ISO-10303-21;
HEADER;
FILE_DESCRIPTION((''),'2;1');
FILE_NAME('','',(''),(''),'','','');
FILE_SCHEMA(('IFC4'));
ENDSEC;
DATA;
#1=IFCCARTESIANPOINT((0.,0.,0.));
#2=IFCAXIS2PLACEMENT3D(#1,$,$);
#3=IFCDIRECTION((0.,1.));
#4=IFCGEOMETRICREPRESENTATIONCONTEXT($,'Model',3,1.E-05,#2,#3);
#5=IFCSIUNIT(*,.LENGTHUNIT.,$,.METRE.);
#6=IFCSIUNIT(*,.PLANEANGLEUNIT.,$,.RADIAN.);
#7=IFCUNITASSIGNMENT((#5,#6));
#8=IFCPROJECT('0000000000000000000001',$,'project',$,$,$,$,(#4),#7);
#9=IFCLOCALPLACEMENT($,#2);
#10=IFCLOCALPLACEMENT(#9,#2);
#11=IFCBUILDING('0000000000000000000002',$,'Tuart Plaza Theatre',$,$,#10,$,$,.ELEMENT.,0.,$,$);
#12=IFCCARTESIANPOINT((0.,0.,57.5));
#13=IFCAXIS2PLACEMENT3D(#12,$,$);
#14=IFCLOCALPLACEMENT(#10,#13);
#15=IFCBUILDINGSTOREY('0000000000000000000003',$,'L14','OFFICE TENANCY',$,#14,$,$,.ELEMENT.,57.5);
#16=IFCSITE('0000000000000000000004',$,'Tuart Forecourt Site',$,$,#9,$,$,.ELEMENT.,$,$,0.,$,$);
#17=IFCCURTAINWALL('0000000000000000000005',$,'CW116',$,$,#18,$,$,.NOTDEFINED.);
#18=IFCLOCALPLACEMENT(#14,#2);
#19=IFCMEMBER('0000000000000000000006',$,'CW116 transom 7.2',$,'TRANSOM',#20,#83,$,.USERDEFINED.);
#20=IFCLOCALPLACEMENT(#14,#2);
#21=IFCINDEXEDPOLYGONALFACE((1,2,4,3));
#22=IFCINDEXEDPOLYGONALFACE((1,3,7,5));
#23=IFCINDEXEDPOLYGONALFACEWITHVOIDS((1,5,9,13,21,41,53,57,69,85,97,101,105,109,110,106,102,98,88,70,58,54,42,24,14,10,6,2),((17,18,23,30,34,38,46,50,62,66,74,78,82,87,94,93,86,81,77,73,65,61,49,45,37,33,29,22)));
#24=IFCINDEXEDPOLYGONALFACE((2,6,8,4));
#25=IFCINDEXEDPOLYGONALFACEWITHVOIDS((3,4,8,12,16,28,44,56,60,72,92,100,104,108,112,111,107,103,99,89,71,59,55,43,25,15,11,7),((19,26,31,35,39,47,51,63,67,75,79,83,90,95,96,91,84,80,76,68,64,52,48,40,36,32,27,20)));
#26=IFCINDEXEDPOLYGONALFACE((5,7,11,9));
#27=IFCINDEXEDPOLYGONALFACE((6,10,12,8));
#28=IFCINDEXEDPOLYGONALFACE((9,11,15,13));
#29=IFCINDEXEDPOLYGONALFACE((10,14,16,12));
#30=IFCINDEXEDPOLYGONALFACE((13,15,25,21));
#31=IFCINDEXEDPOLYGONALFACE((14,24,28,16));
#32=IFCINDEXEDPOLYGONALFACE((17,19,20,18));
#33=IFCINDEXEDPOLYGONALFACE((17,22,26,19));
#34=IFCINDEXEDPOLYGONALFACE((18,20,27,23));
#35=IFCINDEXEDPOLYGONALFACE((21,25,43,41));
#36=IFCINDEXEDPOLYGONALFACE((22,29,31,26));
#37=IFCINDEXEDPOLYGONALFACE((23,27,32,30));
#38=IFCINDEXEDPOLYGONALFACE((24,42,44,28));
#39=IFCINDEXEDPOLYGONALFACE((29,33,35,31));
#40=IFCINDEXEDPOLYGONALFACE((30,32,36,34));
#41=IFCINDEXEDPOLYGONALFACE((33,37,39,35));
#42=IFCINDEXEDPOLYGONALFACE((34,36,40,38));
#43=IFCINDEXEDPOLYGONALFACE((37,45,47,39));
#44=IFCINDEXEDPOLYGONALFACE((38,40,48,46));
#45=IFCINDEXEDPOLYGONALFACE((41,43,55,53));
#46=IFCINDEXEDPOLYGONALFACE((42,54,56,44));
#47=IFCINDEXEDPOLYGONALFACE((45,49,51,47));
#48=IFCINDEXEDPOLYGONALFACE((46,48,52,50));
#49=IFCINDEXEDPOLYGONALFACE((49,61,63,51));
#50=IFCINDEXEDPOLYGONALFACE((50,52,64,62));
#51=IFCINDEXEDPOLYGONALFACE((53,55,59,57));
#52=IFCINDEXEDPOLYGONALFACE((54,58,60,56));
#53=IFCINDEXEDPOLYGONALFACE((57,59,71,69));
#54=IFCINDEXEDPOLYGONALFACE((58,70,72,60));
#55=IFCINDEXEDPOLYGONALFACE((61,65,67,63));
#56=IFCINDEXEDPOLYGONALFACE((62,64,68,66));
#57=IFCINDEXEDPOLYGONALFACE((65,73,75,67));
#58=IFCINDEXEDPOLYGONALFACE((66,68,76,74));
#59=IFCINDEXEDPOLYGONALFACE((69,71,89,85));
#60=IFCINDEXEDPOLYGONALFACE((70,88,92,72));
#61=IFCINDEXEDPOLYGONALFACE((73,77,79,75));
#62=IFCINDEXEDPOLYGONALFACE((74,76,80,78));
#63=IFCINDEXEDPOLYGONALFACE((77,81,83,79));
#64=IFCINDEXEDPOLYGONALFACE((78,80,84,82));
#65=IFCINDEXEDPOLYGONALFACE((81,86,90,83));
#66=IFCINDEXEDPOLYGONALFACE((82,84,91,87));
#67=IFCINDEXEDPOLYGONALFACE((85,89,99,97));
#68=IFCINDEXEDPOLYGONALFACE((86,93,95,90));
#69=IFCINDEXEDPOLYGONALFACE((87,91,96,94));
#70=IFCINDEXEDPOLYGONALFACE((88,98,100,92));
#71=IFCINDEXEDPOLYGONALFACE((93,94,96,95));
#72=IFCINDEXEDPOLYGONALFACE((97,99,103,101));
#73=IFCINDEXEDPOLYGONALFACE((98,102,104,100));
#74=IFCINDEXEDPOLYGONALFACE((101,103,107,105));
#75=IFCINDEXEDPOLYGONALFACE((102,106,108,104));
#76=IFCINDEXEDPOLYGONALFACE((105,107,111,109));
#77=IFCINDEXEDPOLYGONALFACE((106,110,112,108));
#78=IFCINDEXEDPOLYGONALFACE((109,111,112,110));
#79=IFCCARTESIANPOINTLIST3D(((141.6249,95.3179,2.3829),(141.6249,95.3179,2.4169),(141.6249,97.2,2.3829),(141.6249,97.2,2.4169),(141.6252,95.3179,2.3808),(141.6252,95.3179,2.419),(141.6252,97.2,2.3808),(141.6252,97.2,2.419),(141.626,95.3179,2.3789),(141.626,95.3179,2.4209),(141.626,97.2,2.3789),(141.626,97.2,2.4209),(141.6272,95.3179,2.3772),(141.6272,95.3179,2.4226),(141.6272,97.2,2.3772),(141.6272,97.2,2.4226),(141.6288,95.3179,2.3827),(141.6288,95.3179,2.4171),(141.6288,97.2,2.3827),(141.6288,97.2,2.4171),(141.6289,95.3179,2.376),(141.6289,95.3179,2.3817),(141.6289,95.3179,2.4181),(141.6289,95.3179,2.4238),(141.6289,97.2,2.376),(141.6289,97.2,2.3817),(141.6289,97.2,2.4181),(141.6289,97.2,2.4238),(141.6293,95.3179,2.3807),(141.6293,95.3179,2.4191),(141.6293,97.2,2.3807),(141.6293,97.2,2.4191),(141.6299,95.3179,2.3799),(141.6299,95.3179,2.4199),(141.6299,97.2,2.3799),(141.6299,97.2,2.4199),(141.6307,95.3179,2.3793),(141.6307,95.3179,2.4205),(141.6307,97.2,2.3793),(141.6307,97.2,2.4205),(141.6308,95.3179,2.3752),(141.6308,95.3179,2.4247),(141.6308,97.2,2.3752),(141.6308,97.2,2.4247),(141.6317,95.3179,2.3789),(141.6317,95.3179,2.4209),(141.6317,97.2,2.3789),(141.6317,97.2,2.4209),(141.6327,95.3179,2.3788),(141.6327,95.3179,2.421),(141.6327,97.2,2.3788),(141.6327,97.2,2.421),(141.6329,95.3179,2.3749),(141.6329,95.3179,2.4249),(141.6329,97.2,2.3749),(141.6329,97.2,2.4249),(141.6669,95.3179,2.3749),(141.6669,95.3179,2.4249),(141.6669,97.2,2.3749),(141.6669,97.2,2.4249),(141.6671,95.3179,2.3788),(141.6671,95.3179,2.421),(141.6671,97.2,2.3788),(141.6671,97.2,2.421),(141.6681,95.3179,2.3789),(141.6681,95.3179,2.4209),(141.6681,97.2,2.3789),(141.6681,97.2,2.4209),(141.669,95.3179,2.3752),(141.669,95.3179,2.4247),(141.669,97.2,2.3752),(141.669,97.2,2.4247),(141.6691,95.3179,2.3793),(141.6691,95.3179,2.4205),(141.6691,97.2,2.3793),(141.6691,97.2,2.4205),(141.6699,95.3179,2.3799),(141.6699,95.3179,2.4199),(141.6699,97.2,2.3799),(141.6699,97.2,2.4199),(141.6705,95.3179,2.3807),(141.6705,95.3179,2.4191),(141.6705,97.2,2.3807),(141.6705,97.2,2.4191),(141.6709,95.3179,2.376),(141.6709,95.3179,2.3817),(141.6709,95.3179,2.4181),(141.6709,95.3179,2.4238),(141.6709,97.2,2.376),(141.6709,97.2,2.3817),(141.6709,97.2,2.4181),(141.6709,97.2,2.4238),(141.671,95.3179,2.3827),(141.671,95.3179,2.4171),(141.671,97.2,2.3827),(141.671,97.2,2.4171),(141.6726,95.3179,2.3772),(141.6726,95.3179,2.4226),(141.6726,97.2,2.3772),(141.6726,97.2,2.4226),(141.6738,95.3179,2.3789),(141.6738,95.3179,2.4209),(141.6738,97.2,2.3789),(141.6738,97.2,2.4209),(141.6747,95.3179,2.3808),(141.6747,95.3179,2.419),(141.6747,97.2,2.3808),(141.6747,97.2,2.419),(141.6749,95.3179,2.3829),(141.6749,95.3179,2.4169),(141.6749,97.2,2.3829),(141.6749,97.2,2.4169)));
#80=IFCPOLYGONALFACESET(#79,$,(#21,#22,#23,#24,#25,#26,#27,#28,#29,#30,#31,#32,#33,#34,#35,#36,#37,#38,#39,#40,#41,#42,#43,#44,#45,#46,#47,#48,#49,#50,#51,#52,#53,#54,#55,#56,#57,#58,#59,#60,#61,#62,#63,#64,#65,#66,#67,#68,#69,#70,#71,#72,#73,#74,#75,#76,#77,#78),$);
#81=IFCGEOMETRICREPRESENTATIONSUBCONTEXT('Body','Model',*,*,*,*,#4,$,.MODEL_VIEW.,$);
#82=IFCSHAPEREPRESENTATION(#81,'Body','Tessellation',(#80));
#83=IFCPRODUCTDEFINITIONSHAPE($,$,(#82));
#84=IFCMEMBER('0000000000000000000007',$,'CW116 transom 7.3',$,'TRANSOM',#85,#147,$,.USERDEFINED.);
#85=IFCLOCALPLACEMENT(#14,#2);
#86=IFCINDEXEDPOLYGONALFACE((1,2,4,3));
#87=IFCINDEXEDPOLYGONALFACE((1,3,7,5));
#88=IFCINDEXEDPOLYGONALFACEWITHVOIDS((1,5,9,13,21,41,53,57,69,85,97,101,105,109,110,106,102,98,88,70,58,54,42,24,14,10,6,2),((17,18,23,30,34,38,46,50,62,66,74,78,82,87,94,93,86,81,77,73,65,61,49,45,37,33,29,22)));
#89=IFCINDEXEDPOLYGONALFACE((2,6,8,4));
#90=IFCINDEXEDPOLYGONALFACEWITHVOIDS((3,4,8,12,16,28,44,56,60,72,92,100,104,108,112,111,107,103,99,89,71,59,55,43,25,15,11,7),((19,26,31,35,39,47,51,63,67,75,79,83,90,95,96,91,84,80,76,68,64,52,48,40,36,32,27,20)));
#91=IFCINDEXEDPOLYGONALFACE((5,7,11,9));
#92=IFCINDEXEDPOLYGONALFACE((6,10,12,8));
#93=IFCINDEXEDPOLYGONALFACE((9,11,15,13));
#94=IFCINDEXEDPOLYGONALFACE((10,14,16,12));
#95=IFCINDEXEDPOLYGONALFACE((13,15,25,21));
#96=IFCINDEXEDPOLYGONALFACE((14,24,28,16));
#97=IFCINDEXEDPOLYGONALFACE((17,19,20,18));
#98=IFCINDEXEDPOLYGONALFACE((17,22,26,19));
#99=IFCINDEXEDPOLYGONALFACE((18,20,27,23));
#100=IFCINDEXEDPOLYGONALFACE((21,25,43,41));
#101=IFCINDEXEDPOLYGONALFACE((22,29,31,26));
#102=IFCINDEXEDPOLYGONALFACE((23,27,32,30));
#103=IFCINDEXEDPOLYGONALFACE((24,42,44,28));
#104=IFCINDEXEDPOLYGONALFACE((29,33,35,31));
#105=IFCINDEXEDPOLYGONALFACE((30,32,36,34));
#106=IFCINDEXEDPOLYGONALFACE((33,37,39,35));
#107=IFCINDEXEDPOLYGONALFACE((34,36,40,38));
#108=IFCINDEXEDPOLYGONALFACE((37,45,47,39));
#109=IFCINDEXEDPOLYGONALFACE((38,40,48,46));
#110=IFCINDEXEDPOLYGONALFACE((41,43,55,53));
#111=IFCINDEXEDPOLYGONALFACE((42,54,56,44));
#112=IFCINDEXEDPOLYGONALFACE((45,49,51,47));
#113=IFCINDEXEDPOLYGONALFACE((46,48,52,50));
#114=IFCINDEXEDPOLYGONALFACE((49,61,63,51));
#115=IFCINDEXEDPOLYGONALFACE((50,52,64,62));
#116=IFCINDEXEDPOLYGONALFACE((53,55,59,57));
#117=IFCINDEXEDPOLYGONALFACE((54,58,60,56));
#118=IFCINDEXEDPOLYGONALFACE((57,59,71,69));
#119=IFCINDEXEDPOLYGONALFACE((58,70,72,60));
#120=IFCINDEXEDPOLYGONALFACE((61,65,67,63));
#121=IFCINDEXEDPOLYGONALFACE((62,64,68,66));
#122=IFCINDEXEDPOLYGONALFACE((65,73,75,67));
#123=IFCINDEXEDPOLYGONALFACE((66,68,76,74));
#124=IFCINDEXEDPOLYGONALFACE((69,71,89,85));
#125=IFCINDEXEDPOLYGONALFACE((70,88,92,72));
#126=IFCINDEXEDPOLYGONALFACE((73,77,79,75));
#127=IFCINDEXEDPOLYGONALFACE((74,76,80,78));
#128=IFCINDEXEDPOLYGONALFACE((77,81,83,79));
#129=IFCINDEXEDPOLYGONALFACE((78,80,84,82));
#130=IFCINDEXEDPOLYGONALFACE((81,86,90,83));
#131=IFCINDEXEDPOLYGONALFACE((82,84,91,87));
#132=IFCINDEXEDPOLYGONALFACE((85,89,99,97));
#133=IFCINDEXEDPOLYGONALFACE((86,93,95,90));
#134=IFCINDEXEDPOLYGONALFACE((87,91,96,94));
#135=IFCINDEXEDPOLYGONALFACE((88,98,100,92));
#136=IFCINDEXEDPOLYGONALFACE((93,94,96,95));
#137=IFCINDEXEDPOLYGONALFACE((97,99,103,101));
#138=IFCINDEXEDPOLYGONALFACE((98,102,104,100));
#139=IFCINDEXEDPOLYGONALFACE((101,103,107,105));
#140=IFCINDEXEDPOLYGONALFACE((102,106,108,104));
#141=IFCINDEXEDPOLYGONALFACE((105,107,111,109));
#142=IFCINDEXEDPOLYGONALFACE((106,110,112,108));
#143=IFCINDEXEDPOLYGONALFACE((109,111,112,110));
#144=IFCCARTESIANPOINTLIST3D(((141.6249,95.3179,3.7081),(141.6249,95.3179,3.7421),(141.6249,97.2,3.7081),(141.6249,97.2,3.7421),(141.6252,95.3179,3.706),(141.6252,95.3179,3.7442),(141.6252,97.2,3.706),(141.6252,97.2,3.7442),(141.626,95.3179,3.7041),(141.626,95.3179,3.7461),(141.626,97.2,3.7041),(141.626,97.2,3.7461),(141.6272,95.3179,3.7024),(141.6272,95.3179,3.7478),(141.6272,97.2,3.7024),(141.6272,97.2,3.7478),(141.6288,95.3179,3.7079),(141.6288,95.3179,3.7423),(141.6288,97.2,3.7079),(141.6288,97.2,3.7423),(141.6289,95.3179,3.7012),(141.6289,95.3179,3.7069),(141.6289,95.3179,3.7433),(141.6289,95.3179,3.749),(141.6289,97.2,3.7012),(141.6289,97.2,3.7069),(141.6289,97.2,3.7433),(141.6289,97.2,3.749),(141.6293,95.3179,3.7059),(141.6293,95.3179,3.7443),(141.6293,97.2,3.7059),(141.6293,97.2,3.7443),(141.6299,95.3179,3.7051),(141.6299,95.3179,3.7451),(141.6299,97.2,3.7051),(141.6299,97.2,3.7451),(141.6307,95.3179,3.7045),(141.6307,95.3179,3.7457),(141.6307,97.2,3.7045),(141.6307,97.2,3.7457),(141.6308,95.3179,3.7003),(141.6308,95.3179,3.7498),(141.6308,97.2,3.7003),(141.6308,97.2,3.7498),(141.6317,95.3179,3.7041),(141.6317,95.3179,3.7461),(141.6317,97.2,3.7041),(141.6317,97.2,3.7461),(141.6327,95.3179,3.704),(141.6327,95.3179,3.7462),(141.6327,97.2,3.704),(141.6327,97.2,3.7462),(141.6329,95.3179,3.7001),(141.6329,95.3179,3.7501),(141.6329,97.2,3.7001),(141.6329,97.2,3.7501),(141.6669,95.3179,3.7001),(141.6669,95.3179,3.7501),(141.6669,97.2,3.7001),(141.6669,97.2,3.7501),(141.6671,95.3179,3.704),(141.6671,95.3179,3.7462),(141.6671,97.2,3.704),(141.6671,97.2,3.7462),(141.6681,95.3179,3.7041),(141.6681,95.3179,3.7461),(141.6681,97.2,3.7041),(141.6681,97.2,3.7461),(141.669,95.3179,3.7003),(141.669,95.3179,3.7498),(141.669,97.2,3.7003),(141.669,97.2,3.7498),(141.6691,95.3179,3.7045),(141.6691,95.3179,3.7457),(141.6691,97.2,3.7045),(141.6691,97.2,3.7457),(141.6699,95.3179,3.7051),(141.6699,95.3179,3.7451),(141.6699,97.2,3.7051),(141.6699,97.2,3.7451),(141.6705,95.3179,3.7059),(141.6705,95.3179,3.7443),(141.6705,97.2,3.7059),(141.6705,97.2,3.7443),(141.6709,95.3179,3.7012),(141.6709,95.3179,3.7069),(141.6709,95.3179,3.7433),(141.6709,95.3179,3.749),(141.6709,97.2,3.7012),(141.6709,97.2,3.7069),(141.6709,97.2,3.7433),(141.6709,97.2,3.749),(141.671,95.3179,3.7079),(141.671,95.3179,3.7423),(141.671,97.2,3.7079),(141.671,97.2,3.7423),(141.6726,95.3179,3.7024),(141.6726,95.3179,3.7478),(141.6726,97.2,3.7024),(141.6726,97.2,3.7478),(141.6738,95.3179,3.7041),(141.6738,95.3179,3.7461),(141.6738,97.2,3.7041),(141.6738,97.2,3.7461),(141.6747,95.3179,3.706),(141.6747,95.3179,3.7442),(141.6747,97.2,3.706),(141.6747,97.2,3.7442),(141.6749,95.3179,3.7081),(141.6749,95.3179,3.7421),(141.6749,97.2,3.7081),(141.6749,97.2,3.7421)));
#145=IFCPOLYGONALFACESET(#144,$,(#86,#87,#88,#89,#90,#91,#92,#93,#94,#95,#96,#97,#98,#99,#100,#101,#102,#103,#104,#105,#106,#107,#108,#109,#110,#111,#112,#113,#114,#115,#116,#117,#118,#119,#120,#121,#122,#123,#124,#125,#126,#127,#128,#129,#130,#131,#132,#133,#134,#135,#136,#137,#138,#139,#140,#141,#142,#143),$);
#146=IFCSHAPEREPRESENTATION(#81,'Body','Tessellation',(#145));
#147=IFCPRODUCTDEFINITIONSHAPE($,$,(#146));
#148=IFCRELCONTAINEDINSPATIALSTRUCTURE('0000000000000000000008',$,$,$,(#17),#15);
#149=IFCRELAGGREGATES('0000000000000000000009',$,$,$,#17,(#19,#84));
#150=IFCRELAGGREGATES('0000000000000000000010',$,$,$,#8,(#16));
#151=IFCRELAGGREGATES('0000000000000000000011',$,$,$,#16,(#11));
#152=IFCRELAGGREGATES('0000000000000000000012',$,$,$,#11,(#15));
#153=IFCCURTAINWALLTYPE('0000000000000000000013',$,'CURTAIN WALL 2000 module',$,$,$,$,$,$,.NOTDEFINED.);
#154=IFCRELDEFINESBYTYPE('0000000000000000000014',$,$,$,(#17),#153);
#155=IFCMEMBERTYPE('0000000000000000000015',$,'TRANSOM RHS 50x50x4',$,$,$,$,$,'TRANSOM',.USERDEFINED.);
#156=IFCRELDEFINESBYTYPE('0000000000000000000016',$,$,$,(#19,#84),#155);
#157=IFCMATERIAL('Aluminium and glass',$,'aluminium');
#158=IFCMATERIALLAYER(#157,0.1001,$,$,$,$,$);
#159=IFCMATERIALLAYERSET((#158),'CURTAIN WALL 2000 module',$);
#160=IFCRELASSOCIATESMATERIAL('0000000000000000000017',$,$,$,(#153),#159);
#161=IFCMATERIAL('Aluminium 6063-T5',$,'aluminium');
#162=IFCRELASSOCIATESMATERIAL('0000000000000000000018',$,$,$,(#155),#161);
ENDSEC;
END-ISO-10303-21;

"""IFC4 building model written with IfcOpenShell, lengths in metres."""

from ifc_helpers import new_model, si_unit, direction, frame, origin, origin_2d, place, context, subcontext, project, spatial, hollow_rectangle, extrude, material, layer, layer_set, material_profile, profile_set, type_object, element, aggregate, save


model = new_model("IFC4")

# Units and contexts
model_context = context("Model", 3, precision=1e-05, world=origin(), true_north=direction((0.0, 1.0)))
body_context = subcontext(model_context, "Body", "Model", "MODEL_VIEW")
ifc_project = project(units=[si_unit("LENGTHUNIT", "METRE"), si_unit("PLANEANGLEUNIT", "RADIAN")], contexts=[model_context])

# Site, building, storey
site_placement = place(None, origin())
site = spatial("IfcSite", under=ifc_project, at=site_placement, Name="Tuart Forecourt Site", CompositionType="ELEMENT", RefElevation=0.0)
building_placement = place(site_placement, origin())
building = spatial("IfcBuilding", under=site, at=building_placement, Name="Tuart Plaza Theatre", CompositionType="ELEMENT", ElevationOfRefHeight=0.0)
storey_placement = place(building_placement, frame((0.0, 0.0, 57.5)))
storey = spatial("IfcBuildingStorey", under=building, at=storey_placement, Name="L14", Description="OFFICE TENANCY", CompositionType="ELEMENT", Elevation=57.5)

# Curtain wall
ifc_material_1 = material(Name="Aluminium and glass", Category="aluminium")
ifc_layer_1 = layer(ifc_material_1, 0.1001)
ifc_layer_set_1 = layer_set([ifc_layer_1], Name="CURTAIN WALL 2000 module")
curtain_wall_type = type_object("IfcCurtainWallType", Name="CURTAIN WALL 2000 module", PredefinedType="NOTDEFINED", material=ifc_layer_set_1)
curtain_wall_1_placement = place(storey_placement, origin())
curtain_wall_1 = element("IfcCurtainWall", 1, at=curtain_wall_1_placement, inside=storey, type_object=curtain_wall_type, Name="CW116", PredefinedType="NOTDEFINED")

# Members
ifc_material_2 = material(Name="Aluminium 6063-T5", Category="aluminium")
ifc_material_profile_1 = material_profile(ifc_material_2, hollow_rectangle(XDim=0.05, YDim=0.05, WallThickness=0.0039, InnerFilletRadius=0.0039, OuterFilletRadius=0.0081, at=origin_2d()), Name="RHS 50x50x4")
ifc_profile_set_1 = profile_set([ifc_material_profile_1], Name="Aluminium 6063-T5")
member_type_1 = type_object("IfcMemberType", Name="TRANSOM RHS 50x50x4", ElementType="TRANSOM", PredefinedType="USERDEFINED", material=ifc_profile_set_1)
member_1_placement = place(storey_placement, frame((141.6499, 95.3179, 2.3999), z_axis=(0.0, 1.0, 0.0), x_axis=(-1.0, 0.0, 0.0)))
member_1 = element("IfcMember", 2, at=member_1_placement, type_object=member_type_1, Name="CW116 transom 7.2", ObjectType="TRANSOM", PredefinedType="USERDEFINED", context=body_context, shape_type="SweptSolid", body=[
    extrude(hollow_rectangle(XDim=0.05, YDim=0.05, WallThickness=0.0039, InnerFilletRadius=0.0039, OuterFilletRadius=0.0081, at=origin_2d()), origin(), (0.0, 0.0, 1.0), 1.8821),
])
member_2_placement = place(storey_placement, frame((141.6499, 95.3179, 3.7251), z_axis=(0.0, 1.0, 0.0), x_axis=(-1.0, 0.0, 0.0)))
member_2 = element("IfcMember", 3, at=member_2_placement, type_object=member_type_1, Name="CW116 transom 7.3", ObjectType="TRANSOM", PredefinedType="USERDEFINED", context=body_context, shape_type="SweptSolid", body=[
    extrude(hollow_rectangle(XDim=0.05, YDim=0.05, WallThickness=0.0039, InnerFilletRadius=0.0039, OuterFilletRadius=0.0081, at=origin_2d()), origin(), (0.0, 0.0, 1.0), 1.8821),
])

aggregate(curtain_wall_1, [member_1, member_2])

save(model, "model.ifc")
